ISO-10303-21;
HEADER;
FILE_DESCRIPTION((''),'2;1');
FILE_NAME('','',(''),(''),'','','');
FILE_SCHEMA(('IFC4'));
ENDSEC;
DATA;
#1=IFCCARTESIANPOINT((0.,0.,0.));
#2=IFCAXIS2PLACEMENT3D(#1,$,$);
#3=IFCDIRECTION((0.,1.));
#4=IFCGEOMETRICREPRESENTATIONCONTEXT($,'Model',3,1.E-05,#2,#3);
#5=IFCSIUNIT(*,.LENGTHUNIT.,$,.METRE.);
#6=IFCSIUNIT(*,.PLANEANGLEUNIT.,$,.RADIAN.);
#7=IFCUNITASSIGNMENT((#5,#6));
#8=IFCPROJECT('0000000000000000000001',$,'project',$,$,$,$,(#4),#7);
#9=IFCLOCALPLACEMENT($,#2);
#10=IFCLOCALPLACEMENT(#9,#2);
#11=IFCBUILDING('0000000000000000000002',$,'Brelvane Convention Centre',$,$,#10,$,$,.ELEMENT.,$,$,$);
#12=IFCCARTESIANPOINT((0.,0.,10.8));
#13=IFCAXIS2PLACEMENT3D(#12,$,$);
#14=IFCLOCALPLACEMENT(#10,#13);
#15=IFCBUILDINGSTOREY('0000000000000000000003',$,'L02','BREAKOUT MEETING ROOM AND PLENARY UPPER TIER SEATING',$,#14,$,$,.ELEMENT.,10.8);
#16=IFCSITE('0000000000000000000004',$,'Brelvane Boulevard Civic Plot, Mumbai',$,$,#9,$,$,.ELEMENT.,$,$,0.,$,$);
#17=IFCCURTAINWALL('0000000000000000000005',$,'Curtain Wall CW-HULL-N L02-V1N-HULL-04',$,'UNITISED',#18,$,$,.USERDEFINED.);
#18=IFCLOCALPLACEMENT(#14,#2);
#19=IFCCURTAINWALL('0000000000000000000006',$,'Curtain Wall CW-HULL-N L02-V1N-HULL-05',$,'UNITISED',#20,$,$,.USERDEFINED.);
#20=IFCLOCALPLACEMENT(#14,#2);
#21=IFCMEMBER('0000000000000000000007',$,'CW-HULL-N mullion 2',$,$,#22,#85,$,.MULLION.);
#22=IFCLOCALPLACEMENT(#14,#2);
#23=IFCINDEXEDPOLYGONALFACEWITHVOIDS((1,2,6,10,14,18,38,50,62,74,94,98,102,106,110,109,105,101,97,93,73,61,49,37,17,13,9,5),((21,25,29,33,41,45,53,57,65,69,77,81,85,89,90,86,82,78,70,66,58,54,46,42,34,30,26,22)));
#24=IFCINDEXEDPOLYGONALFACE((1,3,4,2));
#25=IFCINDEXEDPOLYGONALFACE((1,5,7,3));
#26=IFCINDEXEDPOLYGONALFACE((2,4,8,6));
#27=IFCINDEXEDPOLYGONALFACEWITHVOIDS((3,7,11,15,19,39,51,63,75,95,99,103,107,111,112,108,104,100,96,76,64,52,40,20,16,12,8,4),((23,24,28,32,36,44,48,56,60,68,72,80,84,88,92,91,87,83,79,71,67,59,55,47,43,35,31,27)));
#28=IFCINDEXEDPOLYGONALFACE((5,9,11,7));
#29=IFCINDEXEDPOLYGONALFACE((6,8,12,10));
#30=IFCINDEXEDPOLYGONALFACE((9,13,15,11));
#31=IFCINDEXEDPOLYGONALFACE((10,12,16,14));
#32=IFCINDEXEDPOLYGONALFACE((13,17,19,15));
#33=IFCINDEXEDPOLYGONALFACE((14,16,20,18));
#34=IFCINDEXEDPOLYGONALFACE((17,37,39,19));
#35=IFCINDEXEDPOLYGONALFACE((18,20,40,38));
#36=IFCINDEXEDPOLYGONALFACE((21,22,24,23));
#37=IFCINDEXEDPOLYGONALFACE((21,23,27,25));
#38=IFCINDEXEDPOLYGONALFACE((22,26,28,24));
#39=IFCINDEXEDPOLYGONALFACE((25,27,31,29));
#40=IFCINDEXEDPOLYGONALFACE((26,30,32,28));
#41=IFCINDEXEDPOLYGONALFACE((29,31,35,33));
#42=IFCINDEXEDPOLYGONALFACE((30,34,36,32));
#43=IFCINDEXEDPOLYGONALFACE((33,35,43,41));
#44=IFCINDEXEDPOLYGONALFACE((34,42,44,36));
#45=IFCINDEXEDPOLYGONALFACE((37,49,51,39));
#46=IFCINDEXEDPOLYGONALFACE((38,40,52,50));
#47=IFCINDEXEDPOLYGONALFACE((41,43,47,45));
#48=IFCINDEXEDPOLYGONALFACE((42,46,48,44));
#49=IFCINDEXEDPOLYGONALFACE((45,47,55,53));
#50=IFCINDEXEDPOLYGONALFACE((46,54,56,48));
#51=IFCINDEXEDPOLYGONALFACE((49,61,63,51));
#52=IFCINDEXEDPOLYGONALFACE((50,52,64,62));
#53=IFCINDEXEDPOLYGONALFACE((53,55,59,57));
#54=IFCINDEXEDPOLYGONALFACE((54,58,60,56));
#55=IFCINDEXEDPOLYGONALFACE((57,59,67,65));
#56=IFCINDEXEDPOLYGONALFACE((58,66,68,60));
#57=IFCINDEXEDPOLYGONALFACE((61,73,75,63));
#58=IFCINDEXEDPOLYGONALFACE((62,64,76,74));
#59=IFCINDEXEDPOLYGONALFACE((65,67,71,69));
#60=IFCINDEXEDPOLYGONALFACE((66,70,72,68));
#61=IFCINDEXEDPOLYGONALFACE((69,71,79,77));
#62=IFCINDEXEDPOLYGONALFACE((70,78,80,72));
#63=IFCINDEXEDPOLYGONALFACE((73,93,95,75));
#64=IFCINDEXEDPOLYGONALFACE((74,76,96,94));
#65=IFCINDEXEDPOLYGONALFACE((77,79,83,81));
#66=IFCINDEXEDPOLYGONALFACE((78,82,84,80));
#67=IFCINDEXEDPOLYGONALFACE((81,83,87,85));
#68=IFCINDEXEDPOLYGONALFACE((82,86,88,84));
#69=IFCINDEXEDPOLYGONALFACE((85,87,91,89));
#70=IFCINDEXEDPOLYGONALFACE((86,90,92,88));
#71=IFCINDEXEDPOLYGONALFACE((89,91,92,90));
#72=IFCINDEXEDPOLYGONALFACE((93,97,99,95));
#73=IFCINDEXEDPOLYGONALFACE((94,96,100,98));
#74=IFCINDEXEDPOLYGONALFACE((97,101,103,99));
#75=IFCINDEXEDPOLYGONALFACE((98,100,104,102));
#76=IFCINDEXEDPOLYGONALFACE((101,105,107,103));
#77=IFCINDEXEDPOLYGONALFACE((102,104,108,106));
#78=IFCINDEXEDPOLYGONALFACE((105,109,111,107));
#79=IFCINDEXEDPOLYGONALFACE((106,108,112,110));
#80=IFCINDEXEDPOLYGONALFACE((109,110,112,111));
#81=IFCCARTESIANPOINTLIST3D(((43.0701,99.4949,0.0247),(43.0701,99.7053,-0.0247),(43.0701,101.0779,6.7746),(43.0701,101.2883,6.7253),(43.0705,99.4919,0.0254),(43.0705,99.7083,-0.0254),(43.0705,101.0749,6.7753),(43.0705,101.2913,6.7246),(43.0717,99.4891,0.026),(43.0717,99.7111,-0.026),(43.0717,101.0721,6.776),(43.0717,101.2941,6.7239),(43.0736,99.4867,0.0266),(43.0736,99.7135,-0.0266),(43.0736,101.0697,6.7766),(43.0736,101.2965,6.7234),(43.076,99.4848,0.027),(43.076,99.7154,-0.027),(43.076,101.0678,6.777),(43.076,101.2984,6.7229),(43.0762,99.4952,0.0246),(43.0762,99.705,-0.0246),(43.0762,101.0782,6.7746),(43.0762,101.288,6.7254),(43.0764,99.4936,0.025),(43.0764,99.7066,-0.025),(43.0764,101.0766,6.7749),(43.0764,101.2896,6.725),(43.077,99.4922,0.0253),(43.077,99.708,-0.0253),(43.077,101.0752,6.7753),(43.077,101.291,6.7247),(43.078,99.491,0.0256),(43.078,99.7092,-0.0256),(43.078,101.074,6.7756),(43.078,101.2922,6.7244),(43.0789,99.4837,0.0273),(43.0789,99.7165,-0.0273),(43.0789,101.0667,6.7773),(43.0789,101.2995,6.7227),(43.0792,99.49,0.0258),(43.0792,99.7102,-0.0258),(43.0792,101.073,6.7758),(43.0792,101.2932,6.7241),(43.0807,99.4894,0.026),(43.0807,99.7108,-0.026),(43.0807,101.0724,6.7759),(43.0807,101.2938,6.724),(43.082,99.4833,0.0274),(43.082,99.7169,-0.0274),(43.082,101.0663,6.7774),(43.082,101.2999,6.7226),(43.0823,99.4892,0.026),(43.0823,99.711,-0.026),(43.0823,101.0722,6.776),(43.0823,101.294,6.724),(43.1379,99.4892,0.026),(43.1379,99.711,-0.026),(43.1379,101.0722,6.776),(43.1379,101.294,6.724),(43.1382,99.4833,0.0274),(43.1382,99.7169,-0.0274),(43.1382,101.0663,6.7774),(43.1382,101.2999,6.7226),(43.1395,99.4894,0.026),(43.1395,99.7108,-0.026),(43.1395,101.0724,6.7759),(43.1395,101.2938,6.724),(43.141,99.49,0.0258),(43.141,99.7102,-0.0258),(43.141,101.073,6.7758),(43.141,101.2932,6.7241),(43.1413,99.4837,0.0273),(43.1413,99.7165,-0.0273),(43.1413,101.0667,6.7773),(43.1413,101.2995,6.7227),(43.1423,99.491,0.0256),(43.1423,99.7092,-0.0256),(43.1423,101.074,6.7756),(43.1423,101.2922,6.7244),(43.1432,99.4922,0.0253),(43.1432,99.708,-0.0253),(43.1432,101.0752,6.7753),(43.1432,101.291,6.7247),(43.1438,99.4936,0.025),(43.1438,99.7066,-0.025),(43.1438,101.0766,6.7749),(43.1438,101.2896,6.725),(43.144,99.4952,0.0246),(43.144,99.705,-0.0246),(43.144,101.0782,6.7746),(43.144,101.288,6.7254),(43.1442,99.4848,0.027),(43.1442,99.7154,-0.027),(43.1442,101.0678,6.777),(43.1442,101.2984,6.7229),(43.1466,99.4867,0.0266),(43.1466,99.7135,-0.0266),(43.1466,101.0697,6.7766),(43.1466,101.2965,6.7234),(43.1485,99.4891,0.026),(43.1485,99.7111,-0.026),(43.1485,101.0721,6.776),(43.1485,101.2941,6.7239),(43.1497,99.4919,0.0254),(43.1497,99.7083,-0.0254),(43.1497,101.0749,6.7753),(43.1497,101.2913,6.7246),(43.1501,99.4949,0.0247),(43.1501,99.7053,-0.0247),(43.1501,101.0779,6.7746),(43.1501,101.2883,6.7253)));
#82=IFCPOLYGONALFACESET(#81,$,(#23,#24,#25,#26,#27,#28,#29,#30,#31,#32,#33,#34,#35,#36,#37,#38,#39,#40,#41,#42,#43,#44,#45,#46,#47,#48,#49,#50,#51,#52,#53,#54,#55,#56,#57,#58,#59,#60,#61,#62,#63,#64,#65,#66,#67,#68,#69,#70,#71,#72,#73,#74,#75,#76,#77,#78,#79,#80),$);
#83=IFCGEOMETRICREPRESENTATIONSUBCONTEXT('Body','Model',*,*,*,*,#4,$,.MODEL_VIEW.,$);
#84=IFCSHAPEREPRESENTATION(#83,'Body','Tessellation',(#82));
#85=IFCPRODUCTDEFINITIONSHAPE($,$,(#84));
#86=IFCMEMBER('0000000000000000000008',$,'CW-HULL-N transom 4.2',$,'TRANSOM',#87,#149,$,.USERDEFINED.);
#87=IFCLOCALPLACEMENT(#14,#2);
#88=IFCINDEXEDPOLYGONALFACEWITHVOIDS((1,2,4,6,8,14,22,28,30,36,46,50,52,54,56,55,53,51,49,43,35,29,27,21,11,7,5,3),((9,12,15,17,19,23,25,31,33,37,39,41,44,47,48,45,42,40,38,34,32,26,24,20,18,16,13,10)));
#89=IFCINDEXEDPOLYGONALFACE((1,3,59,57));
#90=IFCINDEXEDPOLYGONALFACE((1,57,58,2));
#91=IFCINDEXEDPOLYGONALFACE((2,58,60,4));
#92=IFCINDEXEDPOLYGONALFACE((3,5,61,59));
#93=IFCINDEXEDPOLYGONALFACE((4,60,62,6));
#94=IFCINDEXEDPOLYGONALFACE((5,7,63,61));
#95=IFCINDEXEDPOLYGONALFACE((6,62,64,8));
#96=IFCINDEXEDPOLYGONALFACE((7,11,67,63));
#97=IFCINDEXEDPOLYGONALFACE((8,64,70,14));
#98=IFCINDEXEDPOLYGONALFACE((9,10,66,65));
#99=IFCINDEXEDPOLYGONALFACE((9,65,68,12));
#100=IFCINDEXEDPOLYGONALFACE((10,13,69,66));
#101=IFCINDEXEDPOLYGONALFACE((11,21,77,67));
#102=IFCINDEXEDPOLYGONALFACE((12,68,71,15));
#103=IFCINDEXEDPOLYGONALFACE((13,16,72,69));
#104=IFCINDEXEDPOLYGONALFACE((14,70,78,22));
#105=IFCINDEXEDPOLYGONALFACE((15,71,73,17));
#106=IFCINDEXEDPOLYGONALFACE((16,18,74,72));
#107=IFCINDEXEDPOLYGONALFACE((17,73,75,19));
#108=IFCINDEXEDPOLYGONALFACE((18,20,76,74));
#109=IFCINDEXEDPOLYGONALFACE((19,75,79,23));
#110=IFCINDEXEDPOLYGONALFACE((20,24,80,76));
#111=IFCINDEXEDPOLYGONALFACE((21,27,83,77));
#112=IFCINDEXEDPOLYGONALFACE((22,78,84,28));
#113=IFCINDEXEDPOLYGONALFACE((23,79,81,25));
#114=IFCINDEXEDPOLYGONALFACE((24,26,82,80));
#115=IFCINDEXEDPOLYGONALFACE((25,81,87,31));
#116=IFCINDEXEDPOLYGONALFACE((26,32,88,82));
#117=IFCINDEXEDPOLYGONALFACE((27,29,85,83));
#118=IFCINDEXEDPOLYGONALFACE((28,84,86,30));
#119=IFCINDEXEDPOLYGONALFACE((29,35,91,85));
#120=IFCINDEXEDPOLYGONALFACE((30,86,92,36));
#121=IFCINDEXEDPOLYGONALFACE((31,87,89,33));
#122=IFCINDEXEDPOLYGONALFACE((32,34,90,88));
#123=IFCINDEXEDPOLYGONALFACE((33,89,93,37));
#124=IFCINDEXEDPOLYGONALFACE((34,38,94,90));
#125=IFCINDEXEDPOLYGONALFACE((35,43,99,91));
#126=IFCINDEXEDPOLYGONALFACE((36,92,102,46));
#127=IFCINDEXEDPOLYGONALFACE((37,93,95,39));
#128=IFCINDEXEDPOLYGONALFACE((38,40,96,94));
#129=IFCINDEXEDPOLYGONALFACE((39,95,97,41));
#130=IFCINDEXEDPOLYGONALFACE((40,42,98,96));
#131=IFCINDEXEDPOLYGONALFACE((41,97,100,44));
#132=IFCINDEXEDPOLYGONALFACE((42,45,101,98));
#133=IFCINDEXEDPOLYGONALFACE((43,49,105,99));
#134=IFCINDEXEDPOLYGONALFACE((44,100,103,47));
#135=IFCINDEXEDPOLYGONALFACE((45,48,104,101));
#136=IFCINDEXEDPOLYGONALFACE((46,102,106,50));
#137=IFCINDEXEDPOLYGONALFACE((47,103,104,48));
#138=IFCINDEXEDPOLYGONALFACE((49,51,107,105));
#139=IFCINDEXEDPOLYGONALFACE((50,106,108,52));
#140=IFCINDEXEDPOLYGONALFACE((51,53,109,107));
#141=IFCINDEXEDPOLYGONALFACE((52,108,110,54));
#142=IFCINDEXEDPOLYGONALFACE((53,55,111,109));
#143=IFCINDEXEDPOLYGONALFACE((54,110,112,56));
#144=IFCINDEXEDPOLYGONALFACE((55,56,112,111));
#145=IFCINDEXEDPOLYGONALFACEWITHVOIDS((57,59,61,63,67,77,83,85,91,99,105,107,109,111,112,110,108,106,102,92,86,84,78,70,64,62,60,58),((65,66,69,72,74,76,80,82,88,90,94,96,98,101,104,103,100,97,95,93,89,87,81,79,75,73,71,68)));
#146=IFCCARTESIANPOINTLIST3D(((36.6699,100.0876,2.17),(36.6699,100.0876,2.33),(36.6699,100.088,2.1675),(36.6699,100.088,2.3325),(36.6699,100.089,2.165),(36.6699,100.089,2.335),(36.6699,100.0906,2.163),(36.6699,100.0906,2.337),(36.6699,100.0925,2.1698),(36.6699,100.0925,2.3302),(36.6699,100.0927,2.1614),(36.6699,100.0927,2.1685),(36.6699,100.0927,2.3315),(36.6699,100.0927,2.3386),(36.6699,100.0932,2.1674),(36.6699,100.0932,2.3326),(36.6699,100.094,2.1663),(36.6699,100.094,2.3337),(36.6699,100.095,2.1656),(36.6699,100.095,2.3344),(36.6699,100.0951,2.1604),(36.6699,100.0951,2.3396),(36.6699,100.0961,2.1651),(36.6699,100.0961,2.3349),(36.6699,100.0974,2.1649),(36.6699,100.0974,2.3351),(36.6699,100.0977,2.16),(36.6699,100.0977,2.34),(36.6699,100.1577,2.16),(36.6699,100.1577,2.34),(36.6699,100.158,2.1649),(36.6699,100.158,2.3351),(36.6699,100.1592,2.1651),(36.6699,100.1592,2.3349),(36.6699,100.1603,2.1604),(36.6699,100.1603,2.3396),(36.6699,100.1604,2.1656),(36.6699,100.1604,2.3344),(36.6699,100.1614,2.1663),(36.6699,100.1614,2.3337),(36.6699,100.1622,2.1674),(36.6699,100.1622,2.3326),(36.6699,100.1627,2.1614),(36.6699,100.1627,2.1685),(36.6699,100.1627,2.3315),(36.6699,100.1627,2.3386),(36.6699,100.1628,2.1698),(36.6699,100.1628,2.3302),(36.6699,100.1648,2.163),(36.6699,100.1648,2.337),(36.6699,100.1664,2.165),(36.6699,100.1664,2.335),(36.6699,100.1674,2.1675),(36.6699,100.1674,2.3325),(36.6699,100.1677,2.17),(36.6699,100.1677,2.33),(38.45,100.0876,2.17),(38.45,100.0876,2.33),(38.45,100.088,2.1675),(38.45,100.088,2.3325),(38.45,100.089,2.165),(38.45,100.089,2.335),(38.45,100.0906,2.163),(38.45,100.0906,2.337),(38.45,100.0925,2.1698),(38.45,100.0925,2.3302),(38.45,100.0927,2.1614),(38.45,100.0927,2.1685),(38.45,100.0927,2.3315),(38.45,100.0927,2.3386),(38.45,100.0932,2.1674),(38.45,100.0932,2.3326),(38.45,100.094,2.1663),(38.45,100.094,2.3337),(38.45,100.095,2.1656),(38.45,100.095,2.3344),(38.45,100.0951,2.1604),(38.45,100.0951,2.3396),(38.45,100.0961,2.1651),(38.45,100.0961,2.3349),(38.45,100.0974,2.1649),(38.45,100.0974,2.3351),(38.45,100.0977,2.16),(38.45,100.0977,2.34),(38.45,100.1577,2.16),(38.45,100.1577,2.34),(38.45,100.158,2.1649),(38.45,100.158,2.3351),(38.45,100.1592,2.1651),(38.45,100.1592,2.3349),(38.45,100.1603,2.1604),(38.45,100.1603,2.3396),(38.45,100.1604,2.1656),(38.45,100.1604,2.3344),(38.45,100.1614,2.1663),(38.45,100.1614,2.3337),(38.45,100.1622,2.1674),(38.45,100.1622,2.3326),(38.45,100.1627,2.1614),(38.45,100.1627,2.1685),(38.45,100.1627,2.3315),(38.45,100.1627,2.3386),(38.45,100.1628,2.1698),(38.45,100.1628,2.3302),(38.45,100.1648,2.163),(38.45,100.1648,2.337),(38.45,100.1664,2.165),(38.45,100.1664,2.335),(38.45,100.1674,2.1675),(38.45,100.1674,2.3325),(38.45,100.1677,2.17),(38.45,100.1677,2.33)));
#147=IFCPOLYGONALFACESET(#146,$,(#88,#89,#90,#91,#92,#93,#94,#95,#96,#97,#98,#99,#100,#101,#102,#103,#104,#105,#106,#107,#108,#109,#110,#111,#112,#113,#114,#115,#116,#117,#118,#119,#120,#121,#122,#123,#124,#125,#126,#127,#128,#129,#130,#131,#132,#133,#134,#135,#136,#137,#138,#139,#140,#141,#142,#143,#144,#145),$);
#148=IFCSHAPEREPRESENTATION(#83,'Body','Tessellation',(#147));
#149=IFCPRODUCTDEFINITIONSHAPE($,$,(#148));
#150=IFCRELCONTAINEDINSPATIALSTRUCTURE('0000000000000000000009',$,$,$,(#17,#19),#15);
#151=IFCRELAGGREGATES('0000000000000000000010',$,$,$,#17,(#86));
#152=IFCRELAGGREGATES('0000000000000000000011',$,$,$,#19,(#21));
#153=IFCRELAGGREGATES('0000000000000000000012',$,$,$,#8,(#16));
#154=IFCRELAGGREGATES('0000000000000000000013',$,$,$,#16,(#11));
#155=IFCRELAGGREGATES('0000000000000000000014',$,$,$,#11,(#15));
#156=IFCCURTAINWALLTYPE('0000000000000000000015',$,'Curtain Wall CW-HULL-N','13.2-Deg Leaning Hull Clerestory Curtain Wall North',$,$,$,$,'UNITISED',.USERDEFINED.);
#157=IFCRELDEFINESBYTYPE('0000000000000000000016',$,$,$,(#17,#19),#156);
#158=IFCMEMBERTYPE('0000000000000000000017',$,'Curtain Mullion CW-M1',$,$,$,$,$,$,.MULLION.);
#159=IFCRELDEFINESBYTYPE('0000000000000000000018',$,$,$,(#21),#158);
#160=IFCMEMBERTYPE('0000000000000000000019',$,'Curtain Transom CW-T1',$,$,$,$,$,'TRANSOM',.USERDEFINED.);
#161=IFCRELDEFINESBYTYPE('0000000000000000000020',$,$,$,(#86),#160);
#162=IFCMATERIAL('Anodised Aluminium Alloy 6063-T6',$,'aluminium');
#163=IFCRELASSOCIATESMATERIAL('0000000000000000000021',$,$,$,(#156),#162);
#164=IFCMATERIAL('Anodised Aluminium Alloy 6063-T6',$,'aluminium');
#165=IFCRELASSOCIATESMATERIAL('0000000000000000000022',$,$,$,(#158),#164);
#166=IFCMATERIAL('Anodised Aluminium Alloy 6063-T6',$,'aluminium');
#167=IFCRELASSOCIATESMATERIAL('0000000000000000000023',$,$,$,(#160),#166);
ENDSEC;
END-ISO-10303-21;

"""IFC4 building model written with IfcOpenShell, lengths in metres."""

from ifc_helpers import new_model, si_unit, direction, frame, origin, origin_2d, place, context, subcontext, project, spatial, hollow_rectangle, extrude, material, material_profile, profile_set, type_object, element, aggregate, save


model = new_model("IFC4")

# Units and contexts
model_context = context("Model", 3, precision=1e-05, world=origin(), true_north=direction((0.0, 1.0)))
body_context = subcontext(model_context, "Body", "Model", "MODEL_VIEW")
ifc_project = project(units=[si_unit("LENGTHUNIT", "METRE"), si_unit("PLANEANGLEUNIT", "RADIAN")], contexts=[model_context])

# Site, building, storey
site_placement = place(None, origin())
site = spatial("IfcSite", under=ifc_project, at=site_placement, Name="Brelvane Boulevard Civic Plot, Mumbai", CompositionType="ELEMENT", RefElevation=0.0)
building_placement = place(site_placement, origin())
building = spatial("IfcBuilding", under=site, at=building_placement, Name="Brelvane Convention Centre", CompositionType="ELEMENT")
storey_placement = place(building_placement, frame((0.0, 0.0, 10.8)))
storey = spatial("IfcBuildingStorey", under=building, at=storey_placement, Name="L02", Description="BREAKOUT MEETING ROOM AND PLENARY UPPER TIER SEATING", CompositionType="ELEMENT", Elevation=10.8)

# Curtain walls, member
ifc_material_1 = material(Name="Anodised Aluminium Alloy 6063-T6", Category="aluminium")
curtain_wall_type = type_object("IfcCurtainWallType", Name="Curtain Wall CW-HULL-N", Description="13.2-Deg Leaning Hull Clerestory Curtain Wall North", ElementType="UNITISED", PredefinedType="USERDEFINED", material=ifc_material_1)
curtain_wall_1_placement = place(storey_placement, origin())
curtain_wall_1 = element("IfcCurtainWall", 1, at=curtain_wall_1_placement, inside=storey, type_object=curtain_wall_type, Name="Curtain Wall CW-HULL-N L02-V1N-HULL-04", ObjectType="UNITISED", PredefinedType="USERDEFINED")
ifc_material_2 = material(Name="Anodised Aluminium Alloy 6063-T6", Category="aluminium")
ifc_material_profile_1 = material_profile(ifc_material_2, hollow_rectangle(XDim=0.0801, YDim=0.24, WallThickness=0.0061, InnerFilletRadius=0.0061, OuterFilletRadius=0.012, at=origin_2d()), Name="ALU-M 240x80x6.0")
ifc_profile_set_1 = profile_set([ifc_material_profile_1], Name="Anodised Aluminium Alloy 6063-T6")
member_type_1 = type_object("IfcMemberType", Name="Curtain Mullion CW-M1", PredefinedType="MULLION", material=ifc_profile_set_1)
curtain_wall_2_placement = place(storey_placement, origin())
curtain_wall_2 = element("IfcCurtainWall", 2, at=curtain_wall_2_placement, inside=storey, type_object=curtain_wall_type, Name="Curtain Wall CW-HULL-N L02-V1N-HULL-05", ObjectType="UNITISED", PredefinedType="USERDEFINED")
member_1_placement = place(storey_placement, frame((43.1101, 99.6001, 0.0), z_axis=(0.0, 0.228325, 0.973585), x_axis=(-1.0, 0.0, 0.0)))
member_1 = element("IfcMember", 3, at=member_1_placement, type_object=member_type_1, Name="CW-HULL-N mullion 2", PredefinedType="MULLION", context=body_context, shape_type="SweptSolid", body=[
    extrude(hollow_rectangle(XDim=0.0801, YDim=0.24, WallThickness=0.0061, InnerFilletRadius=0.0061, OuterFilletRadius=0.012, at=origin_2d()), origin(), (0.0, 0.0, 1.0), 6.9331),
])

# Member
ifc_material_3 = material(Name="Anodised Aluminium Alloy 6063-T6", Category="aluminium")
ifc_material_profile_2 = material_profile(ifc_material_3, hollow_rectangle(XDim=0.0801, YDim=0.1799, WallThickness=0.0049, InnerFilletRadius=0.0049, OuterFilletRadius=0.01, at=origin_2d()), Name="ALU-T 180x80x5.0")
ifc_profile_set_2 = profile_set([ifc_material_profile_2], Name="Anodised Aluminium Alloy 6063-T6")
member_type_2 = type_object("IfcMemberType", Name="Curtain Transom CW-T1", ElementType="TRANSOM", PredefinedType="USERDEFINED", material=ifc_profile_set_2)
member_2_placement = place(storey_placement, frame((36.6699, 100.1277, 2.25), z_axis=(1.0, 0.0, 0.0), x_axis=(0.0, 1.0, 0.0)))
member_2 = element("IfcMember", 4, at=member_2_placement, type_object=member_type_2, Name="CW-HULL-N transom 4.2", ObjectType="TRANSOM", PredefinedType="USERDEFINED", context=body_context, shape_type="SweptSolid", body=[
    extrude(hollow_rectangle(XDim=0.0801, YDim=0.1799, WallThickness=0.0049, InnerFilletRadius=0.0049, OuterFilletRadius=0.01, at=origin_2d()), origin(), (0.0, 0.0, 1.0), 1.78),
])

aggregate(curtain_wall_1, [member_2])
aggregate(curtain_wall_2, [member_1])

save(model, "model.ifc")
